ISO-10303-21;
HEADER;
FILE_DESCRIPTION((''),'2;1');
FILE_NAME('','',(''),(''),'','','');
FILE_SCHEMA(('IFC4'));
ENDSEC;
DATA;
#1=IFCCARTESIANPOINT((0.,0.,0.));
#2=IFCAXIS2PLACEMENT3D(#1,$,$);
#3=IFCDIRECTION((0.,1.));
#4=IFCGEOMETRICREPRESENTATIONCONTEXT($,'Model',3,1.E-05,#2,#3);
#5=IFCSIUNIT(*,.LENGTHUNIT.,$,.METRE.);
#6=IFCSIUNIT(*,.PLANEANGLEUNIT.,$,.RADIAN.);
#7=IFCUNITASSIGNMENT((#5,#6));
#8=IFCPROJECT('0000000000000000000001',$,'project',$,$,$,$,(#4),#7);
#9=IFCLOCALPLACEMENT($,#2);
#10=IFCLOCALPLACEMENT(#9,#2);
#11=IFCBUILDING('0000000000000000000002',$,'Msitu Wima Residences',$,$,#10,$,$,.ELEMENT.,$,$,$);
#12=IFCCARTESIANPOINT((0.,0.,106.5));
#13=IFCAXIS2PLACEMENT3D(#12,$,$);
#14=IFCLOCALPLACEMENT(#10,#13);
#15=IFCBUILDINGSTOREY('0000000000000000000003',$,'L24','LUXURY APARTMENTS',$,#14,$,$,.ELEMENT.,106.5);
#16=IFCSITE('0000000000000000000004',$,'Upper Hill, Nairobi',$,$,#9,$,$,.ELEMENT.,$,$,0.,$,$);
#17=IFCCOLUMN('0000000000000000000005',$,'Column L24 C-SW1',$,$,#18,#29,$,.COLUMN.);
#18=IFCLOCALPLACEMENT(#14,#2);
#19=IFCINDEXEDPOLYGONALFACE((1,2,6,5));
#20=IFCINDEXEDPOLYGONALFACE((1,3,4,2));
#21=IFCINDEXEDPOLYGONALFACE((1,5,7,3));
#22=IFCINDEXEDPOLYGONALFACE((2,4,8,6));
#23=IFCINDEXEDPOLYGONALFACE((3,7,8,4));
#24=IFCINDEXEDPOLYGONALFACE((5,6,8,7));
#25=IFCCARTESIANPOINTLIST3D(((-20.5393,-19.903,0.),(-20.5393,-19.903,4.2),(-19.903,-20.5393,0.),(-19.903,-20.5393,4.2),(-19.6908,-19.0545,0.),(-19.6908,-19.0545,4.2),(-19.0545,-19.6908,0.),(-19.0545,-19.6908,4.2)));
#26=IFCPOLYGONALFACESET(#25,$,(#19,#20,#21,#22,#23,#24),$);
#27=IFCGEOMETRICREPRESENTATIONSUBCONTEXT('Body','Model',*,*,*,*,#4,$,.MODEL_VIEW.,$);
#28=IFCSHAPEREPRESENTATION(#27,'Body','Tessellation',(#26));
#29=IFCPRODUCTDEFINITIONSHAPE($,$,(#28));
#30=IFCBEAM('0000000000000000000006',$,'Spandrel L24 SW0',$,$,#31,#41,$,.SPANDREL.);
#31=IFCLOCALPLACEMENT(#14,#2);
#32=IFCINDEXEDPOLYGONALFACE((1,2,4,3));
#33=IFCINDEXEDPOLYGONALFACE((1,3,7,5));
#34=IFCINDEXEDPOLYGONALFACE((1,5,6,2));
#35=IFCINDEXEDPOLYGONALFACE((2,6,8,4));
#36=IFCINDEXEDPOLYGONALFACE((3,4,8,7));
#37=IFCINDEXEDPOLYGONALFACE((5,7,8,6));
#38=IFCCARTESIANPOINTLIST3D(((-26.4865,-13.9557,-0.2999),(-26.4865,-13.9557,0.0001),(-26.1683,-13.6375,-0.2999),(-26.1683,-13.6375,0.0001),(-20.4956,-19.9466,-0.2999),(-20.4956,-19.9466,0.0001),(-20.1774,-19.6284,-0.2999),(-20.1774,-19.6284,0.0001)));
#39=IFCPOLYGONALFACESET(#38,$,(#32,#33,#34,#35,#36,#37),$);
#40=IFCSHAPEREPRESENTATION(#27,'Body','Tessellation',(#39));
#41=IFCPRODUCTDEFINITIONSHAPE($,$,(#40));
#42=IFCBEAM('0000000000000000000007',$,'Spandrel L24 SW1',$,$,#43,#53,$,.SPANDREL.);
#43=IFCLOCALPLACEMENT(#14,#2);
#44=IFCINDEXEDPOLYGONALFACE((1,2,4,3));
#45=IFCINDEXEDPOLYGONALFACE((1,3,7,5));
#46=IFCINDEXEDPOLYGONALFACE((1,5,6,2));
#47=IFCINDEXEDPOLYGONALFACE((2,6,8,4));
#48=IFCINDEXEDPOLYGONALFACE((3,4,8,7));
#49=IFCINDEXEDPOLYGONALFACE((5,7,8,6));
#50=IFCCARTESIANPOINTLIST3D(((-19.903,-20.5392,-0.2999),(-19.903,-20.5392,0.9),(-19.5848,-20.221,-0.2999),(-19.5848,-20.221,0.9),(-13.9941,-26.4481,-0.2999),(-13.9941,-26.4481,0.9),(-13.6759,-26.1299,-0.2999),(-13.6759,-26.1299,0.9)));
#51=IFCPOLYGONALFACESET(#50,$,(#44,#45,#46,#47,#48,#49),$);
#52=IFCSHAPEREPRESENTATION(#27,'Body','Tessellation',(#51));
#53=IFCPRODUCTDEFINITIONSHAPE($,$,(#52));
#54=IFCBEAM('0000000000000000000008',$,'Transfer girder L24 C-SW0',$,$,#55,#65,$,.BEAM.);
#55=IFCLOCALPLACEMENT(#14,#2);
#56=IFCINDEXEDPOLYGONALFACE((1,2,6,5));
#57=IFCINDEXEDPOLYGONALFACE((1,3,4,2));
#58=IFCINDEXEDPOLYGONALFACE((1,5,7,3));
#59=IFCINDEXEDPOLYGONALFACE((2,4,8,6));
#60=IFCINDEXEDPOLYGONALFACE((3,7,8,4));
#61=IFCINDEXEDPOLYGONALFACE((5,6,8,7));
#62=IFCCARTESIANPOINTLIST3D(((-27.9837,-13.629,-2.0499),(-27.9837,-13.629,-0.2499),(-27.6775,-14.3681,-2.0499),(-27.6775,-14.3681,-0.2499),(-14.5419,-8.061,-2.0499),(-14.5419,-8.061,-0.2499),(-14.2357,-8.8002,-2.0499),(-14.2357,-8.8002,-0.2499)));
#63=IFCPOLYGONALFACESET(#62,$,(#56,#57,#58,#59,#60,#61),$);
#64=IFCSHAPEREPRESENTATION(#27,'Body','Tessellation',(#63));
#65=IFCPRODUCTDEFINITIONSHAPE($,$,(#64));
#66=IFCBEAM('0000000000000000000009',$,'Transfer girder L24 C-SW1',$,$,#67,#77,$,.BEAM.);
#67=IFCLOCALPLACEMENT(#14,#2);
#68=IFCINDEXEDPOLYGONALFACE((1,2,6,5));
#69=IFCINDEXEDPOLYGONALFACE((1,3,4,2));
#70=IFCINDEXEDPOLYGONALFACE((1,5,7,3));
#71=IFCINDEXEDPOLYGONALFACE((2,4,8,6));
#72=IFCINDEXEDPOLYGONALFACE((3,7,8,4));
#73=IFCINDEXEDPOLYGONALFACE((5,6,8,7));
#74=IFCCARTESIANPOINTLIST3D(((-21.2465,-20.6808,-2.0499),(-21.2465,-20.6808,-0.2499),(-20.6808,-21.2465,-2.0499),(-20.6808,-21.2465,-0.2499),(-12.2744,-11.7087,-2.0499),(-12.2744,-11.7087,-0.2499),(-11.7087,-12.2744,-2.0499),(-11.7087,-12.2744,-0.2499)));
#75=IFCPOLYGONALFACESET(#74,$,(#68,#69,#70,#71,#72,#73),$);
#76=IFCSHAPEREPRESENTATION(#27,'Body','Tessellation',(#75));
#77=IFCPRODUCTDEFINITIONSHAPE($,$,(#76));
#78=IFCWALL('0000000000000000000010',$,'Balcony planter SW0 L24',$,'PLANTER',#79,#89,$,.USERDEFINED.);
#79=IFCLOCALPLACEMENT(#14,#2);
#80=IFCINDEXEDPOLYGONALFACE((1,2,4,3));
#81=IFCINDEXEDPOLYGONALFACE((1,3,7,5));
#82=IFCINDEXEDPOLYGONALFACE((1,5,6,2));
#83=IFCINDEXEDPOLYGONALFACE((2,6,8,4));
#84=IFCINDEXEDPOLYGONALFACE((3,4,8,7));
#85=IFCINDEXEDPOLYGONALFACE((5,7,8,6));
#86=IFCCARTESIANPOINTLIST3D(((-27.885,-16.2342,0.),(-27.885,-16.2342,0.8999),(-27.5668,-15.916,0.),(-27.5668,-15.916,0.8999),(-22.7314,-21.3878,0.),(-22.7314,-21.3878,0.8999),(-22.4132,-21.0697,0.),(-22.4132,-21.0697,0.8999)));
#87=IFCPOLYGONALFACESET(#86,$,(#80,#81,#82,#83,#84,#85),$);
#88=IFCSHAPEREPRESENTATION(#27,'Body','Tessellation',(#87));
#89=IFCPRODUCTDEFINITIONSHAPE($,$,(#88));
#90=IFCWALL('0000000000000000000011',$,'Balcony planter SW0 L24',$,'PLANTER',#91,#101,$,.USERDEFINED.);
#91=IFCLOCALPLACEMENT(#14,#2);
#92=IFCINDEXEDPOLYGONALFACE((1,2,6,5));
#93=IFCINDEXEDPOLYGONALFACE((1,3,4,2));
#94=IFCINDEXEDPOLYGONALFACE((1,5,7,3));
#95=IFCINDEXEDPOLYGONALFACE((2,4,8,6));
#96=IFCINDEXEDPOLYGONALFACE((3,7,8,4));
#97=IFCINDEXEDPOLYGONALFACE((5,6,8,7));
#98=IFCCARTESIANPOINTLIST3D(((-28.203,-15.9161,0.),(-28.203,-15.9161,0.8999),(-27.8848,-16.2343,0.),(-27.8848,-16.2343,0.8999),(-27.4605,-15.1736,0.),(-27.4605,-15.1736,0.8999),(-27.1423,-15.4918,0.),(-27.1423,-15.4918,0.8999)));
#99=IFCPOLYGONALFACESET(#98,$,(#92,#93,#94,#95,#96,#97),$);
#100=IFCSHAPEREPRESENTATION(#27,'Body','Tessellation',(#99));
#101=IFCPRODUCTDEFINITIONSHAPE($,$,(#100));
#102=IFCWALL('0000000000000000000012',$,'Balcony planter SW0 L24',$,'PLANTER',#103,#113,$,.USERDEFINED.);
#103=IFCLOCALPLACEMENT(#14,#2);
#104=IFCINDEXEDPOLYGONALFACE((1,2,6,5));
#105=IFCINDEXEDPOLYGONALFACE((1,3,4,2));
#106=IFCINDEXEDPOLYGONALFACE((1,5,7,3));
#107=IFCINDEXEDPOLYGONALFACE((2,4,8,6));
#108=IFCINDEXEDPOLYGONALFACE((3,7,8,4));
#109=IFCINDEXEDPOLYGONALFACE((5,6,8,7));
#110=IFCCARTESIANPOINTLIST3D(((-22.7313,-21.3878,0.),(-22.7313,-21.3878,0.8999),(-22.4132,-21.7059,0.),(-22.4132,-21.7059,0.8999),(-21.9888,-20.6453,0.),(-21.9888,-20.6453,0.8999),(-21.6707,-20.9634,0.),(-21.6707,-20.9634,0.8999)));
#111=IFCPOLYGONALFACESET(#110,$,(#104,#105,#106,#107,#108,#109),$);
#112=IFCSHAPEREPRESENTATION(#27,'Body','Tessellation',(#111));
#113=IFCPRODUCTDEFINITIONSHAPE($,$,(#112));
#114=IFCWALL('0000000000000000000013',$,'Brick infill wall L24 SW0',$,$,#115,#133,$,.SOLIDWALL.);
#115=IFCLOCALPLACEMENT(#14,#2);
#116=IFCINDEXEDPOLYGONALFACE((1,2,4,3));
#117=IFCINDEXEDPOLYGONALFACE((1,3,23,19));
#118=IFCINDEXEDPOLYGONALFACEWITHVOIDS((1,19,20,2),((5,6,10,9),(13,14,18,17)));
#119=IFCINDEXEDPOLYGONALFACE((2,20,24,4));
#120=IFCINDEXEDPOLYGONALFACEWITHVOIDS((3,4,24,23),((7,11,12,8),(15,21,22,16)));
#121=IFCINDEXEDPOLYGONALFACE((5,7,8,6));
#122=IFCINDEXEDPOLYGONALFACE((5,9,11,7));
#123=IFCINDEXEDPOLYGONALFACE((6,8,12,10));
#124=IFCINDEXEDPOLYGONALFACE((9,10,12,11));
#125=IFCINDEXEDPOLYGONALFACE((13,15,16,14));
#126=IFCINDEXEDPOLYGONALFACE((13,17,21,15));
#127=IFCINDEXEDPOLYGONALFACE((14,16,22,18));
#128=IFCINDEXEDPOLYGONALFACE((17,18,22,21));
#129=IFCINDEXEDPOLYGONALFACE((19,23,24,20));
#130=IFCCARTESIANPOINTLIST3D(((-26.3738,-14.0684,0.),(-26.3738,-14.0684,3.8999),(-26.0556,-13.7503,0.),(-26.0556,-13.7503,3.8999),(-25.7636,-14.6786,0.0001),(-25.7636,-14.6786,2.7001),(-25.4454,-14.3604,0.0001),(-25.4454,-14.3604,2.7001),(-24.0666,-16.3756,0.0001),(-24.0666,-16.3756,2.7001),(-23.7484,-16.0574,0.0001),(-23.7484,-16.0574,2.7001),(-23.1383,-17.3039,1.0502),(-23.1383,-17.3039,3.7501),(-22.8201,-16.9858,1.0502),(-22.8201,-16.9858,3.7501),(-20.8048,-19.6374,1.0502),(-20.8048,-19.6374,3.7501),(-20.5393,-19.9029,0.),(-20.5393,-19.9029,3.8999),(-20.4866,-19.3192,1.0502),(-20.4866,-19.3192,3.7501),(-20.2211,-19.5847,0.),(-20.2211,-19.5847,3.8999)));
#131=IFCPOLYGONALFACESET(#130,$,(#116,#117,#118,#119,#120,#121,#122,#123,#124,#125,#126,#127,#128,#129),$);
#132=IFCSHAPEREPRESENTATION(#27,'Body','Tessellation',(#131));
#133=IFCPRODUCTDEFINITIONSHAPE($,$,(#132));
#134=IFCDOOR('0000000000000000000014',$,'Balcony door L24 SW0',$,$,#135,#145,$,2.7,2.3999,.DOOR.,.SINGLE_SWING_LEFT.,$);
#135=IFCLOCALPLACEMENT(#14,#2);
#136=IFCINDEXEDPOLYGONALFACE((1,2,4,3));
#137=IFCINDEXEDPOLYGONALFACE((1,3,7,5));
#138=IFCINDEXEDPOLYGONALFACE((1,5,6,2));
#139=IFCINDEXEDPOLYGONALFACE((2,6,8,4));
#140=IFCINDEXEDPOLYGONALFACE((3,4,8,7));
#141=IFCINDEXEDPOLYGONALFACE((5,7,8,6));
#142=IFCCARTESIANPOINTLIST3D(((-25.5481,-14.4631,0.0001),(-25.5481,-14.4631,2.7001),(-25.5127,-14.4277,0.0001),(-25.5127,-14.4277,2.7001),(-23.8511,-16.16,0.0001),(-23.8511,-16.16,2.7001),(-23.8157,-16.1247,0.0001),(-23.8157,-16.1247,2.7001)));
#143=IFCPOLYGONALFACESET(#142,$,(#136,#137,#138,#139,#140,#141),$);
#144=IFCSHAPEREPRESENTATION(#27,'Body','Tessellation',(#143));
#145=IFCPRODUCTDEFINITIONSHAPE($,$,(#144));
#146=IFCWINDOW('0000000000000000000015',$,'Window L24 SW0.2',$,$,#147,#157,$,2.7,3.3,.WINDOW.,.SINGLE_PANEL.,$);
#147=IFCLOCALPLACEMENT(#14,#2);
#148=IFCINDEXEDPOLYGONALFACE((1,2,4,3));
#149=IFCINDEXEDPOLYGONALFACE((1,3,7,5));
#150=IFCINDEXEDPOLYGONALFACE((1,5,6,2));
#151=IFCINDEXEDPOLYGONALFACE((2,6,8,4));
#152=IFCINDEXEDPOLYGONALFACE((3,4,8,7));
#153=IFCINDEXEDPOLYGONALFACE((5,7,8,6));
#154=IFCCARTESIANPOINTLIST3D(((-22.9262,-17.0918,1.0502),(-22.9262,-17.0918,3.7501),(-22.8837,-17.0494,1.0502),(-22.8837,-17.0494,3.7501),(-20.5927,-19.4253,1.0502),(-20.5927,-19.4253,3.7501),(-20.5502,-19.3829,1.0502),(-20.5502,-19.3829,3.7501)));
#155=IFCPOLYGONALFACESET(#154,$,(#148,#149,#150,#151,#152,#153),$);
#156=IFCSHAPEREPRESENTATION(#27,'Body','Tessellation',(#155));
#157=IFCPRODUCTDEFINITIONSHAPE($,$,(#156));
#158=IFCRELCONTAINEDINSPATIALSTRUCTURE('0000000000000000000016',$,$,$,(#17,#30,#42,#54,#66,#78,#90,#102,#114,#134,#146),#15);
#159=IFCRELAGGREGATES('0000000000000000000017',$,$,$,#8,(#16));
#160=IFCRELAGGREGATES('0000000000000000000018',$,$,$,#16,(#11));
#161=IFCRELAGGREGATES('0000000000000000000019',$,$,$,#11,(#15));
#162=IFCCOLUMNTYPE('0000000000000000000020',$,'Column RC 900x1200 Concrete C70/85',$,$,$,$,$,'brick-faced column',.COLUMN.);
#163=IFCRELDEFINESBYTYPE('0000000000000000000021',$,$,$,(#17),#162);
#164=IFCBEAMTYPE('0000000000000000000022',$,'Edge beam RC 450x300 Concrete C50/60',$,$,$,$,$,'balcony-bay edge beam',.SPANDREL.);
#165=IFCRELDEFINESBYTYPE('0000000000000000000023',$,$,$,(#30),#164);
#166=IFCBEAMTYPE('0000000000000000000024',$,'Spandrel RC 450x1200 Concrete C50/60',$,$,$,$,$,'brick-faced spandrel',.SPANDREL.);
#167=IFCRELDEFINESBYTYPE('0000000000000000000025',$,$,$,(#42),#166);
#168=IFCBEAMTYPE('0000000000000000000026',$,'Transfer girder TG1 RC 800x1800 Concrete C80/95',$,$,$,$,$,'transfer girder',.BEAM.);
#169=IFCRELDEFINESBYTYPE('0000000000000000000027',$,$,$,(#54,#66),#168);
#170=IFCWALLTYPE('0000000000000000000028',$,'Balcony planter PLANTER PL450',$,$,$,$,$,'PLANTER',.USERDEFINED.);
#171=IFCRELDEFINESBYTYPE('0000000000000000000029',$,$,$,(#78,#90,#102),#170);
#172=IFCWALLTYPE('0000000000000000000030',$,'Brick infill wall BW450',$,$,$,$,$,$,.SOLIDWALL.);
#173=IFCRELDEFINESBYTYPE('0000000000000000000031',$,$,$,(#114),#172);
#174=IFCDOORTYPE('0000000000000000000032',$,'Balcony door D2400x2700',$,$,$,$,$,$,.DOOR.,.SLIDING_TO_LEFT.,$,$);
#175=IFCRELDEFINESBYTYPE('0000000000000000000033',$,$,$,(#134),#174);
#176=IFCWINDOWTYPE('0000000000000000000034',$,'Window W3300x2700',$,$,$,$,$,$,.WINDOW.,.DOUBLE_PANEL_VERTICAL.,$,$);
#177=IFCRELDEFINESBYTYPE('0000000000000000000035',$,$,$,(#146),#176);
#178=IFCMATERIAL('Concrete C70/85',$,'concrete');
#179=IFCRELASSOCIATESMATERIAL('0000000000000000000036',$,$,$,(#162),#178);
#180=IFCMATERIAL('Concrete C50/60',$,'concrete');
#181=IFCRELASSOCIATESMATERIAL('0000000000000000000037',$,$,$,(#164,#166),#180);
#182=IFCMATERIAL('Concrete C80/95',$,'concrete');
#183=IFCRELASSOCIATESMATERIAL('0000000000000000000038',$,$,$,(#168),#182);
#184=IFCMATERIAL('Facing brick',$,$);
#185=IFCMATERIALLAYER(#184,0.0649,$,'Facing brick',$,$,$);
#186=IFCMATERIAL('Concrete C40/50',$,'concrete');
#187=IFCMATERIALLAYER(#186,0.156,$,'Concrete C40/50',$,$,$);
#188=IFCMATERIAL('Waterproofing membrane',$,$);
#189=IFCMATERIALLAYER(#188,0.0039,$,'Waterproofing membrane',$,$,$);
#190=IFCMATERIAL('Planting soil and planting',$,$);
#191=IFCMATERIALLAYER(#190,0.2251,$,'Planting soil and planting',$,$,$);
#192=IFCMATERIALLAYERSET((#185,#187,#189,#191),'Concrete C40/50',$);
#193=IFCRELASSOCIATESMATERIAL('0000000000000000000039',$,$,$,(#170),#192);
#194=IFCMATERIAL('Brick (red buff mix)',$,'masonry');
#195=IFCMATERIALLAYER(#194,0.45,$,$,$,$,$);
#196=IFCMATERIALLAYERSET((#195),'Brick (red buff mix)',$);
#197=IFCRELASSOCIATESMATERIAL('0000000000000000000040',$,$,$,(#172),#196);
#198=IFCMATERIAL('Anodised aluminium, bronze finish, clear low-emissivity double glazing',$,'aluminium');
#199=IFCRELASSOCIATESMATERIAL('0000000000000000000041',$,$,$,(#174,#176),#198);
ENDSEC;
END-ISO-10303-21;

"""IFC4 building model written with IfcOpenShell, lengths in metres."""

from ifc_helpers import new_model, si_unit, direction, frame, frame_2d, origin, origin_2d, place, context, subcontext, project, spatial, rectangle, extrude, material, layer, layer_set, material_profile, profile_set, type_object, element, fill, save


model = new_model("IFC4")

# Units and contexts
model_context = context("Model", 3, precision=1e-05, world=origin(), true_north=direction((0.0, 1.0)))
body_context = subcontext(model_context, "Body", "Model", "MODEL_VIEW")
ifc_project = project(units=[si_unit("LENGTHUNIT", "METRE"), si_unit("PLANEANGLEUNIT", "RADIAN")], contexts=[model_context])

# Site, building, storey
site_placement = place(None, origin())
site = spatial("IfcSite", under=ifc_project, at=site_placement, Name="Upper Hill, Nairobi", CompositionType="ELEMENT", RefElevation=0.0)
building_placement = place(site_placement, origin())
building = spatial("IfcBuilding", under=site, at=building_placement, Name="Msitu Wima Residences", CompositionType="ELEMENT")
storey_placement = place(building_placement, frame((0.0, 0.0, 106.5)))
storey = spatial("IfcBuildingStorey", under=building, at=storey_placement, Name="L24", Description="LUXURY APARTMENTS", CompositionType="ELEMENT", Elevation=106.5)

# Column
ifc_material_1 = material(Name="Concrete C70/85", Category="concrete")
ifc_material_profile_1 = material_profile(ifc_material_1, rectangle(XDim=0.8999, YDim=1.2, at=origin_2d()), Name="RC 900x1200")
ifc_profile_set_1 = profile_set([ifc_material_profile_1], Name="Concrete C70/85")
column_type = type_object("IfcColumnType", Name="Column RC 900x1200 Concrete C70/85", ElementType="brick-faced column", PredefinedType="COLUMN", material=ifc_profile_set_1)
column_placement = place(storey_placement, frame((-19.7969, -19.7969, 0.0), z_axis=(0.0, 0.0, 1.0), x_axis=(0.707107, -0.707107, 0.0)))
element("IfcColumn", 1, at=column_placement, inside=storey, type_object=column_type, Name="Column L24 C-SW1", PredefinedType="COLUMN", context=body_context, shape_type="SweptSolid", body=[
    extrude(rectangle(XDim=0.8999, YDim=1.2, at=origin_2d()), origin(), (0.0, 0.0, 1.0), 4.2),
])

# Beams
ifc_material_2 = material(Name="Concrete C50/60", Category="concrete")
ifc_material_profile_2 = material_profile(ifc_material_2, rectangle(XDim=0.45, YDim=0.3, at=origin_2d()), Name="RC 450x300")
ifc_profile_set_2 = profile_set([ifc_material_profile_2], Name="Concrete C50/60")
beam_type_1 = type_object("IfcBeamType", Name="Edge beam RC 450x300 Concrete C50/60", ElementType="balcony-bay edge beam", PredefinedType="SPANDREL", material=ifc_profile_set_2)
beam_1_placement = place(storey_placement, frame((-26.3274, -13.7966, -0.1499), z_axis=(0.707107, -0.707107, 0.0), x_axis=(0.707107, 0.707107, 0.0)))
element("IfcBeam", 2, at=beam_1_placement, inside=storey, type_object=beam_type_1, Name="Spandrel L24 SW0", PredefinedType="SPANDREL", context=body_context, shape_type="SweptSolid", body=[
    extrude(rectangle(XDim=0.45, YDim=0.3, at=origin_2d()), origin(), (0.0, 0.0, 1.0), 8.4724),
])
ifc_material_profile_3 = material_profile(ifc_material_2, rectangle(XDim=0.45, YDim=1.2, at=origin_2d()), Name="RC 450x1200")
ifc_profile_set_3 = profile_set([ifc_material_profile_3], Name="Concrete C50/60")
beam_type_2 = type_object("IfcBeamType", Name="Spandrel RC 450x1200 Concrete C50/60", ElementType="brick-faced spandrel", PredefinedType="SPANDREL", material=ifc_profile_set_3)
beam_2_placement = place(storey_placement, frame((-19.7439, -20.3801, 0.3), z_axis=(0.707107, -0.707107, 0.0), x_axis=(0.707107, 0.707107, 0.0)))
element("IfcBeam", 3, at=beam_2_placement, inside=storey, type_object=beam_type_2, Name="Spandrel L24 SW1", PredefinedType="SPANDREL", context=body_context, shape_type="SweptSolid", body=[
    extrude(rectangle(XDim=0.45, YDim=1.2, at=origin_2d()), origin(), (0.0, 0.0, 1.0), 8.3564),
])
ifc_material_3 = material(Name="Concrete C80/95", Category="concrete")
ifc_material_profile_4 = material_profile(ifc_material_3, rectangle(XDim=0.8, YDim=1.8, at=origin_2d()), Name="RC 800x1800")
ifc_profile_set_4 = profile_set([ifc_material_profile_4], Name="Concrete C80/95")
beam_type_3 = type_object("IfcBeamType", Name="Transfer girder TG1 RC 800x1800 Concrete C80/95", ElementType="transfer girder", PredefinedType="BEAM", material=ifc_profile_set_4)
beam_3_placement = place(storey_placement, frame((-27.8306, -13.9985, -1.1499), z_axis=(0.923876, 0.382693, 0.0), x_axis=(-0.382693, 0.923876, 0.0)))
element("IfcBeam", 4, at=beam_3_placement, inside=storey, type_object=beam_type_3, Name="Transfer girder L24 C-SW0", PredefinedType="BEAM", context=body_context, shape_type="SweptSolid", body=[
    extrude(rectangle(XDim=0.8, YDim=1.8, at=origin_2d()), origin(), (0.0, 0.0, 1.0), 14.5493),
])
beam_4_placement = place(storey_placement, frame((-20.9636, -20.9636, -1.1499), z_axis=(0.707107, 0.707107, 0.0), x_axis=(-0.707107, 0.707107, 0.0)))
element("IfcBeam", 5, at=beam_4_placement, inside=storey, type_object=beam_type_3, Name="Transfer girder L24 C-SW1", PredefinedType="BEAM", context=body_context, shape_type="SweptSolid", body=[
    extrude(rectangle(XDim=0.8, YDim=1.8, at=origin_2d()), origin(), (0.0, 0.0, 1.0), 12.6885),
])

# Walls
ifc_material_4 = material(Name="Facing brick")
ifc_layer_1 = layer(ifc_material_4, 0.0649, Name="Facing brick")
ifc_material_5 = material(Name="Concrete C40/50", Category="concrete")
ifc_layer_2 = layer(ifc_material_5, 0.156, Name="Concrete C40/50")
ifc_material_6 = material(Name="Waterproofing membrane")
ifc_layer_3 = layer(ifc_material_6, 0.0039, Name="Waterproofing membrane")
ifc_material_7 = material(Name="Planting soil and planting")
ifc_layer_4 = layer(ifc_material_7, 0.2251, Name="Planting soil and planting")
ifc_layer_set_1 = layer_set([ifc_layer_1, ifc_layer_2, ifc_layer_3, ifc_layer_4], Name="Concrete C40/50")
wall_type_1 = type_object("IfcWallType", Name="Balcony planter PLANTER PL450", ElementType="PLANTER", PredefinedType="USERDEFINED", material=ifc_layer_set_1)
wall_1_placement = place(storey_placement, frame((-27.7258, -16.0752, 0.0), z_axis=(0.0, 0.0, 1.0), x_axis=(0.707107, -0.707107, 0.0)))
element("IfcWall", 6, at=wall_1_placement, inside=storey, type_object=wall_type_1, Name="Balcony planter SW0 L24", ObjectType="PLANTER", PredefinedType="USERDEFINED", context=body_context, shape_type="SweptSolid", body=[
    extrude(rectangle(XDim=7.2883, YDim=0.45, at=frame_2d((3.644, 0.0))), origin(), (0.0, 0.0, 1.0), 0.8999),
])
for number, where, z_axis, x_axis, name in (
    (7, (-27.3015, -15.3328, 0.0), (0.0, 0.0, 1.0), (-0.707107, -0.707107, 0.0), "Balcony planter SW0 L24"),
    (8, (-21.8298, -20.8044, 0.0), (0.0, 0.0, 1.0), (-0.707107, -0.707107, 0.0), "Balcony planter SW0 L24"),
):
    element("IfcWall", number, at=place(storey_placement, frame(where, z_axis=z_axis, x_axis=x_axis)), inside=storey, type_object=wall_type_1, Name=name, ObjectType="PLANTER", PredefinedType="USERDEFINED", context=body_context, shape_type="SweptSolid", body=[
        extrude(rectangle(XDim=1.05, YDim=0.45, at=frame_2d((0.5249, 0.0))), origin(), (0.0, 0.0, 1.0), 0.8999),
    ])

# Wall, openings, door, window
ifc_material_8 = material(Name="Brick (red buff mix)", Category="masonry")
ifc_layer_5 = layer(ifc_material_8, 0.45)
ifc_layer_set_2 = layer_set([ifc_layer_5], Name="Brick (red buff mix)")
wall_type_2 = type_object("IfcWallType", Name="Brick infill wall BW450", PredefinedType="SOLIDWALL", material=ifc_layer_set_2)
wall_2_placement = place(storey_placement, frame((-26.2146, -13.9094, 0.0), z_axis=(0.0, 0.0, 1.0), x_axis=(0.707107, -0.707107, 0.0)))
wall_2 = element("IfcWall", 9, at=wall_2_placement, inside=storey, type_object=wall_type_2, Name="Brick infill wall L24 SW0", PredefinedType="SOLIDWALL", context=body_context, shape_type="SweptSolid", body=[
    extrude(rectangle(XDim=8.2512, YDim=0.45, at=frame_2d((4.1255, 0.0))), origin(), (0.0, 0.0, 1.0), 3.8999),
])
opening_1_placement = place(wall_2_placement, frame((0.8628, 0.0, 0.0)))
opening_1 = element("IfcOpeningElement", 10, at=opening_1_placement, cuts=wall_2, PredefinedType="OPENING", context=body_context, shape_type="SweptSolid", body=[
    extrude(rectangle(XDim=2.3999, YDim=2.7, at=frame_2d((1.2, 1.3501))), frame((0.0, 0.2349, 0.0), z_axis=(0.0, -1.0, 0.0), x_axis=(1.0, 0.0, 0.0)), (0.0, 0.0, 1.0), 0.47),
])
opening_2_placement = place(wall_2_placement, frame((4.5757, 0.0, 1.05)))
opening_2 = element("IfcOpeningElement", 11, at=opening_2_placement, cuts=wall_2, PredefinedType="OPENING", context=body_context, shape_type="SweptSolid", body=[
    extrude(rectangle(XDim=3.3, YDim=2.7, at=frame_2d((1.6499, 1.3501))), frame((0.0, 0.2349, 0.0), z_axis=(0.0, -1.0, 0.0), x_axis=(1.0, 0.0, 0.0)), (0.0, 0.0, 1.0), 0.47),
])
ifc_material_9 = material(Name="Anodised aluminium, bronze finish, clear low-emissivity double glazing", Category="aluminium")
door_type_1 = type_object("IfcDoorType", Name="Balcony door D2400x2700", OperationType="SLIDING_TO_LEFT", PredefinedType="DOOR", material=ifc_material_9)
door_1_placement = place(opening_1_placement, origin())
door_1 = element("IfcDoor", 12, at=door_1_placement, inside=storey, type_object=door_type_1, Name="Balcony door L24 SW0", OperationType="SINGLE_SWING_LEFT", OverallHeight=2.7, OverallWidth=2.3999, PredefinedType="DOOR", context=body_context, shape_type="SweptSolid", body=[
    extrude(rectangle(XDim=2.3999, YDim=2.7, at=frame_2d((1.2, 1.3501))), frame((0.0, 0.1299, 0.0), z_axis=(0.0, -1.0, 0.0), x_axis=(1.0, 0.0, 0.0)), (0.0, 0.0, 1.0), 0.05),
])
fill(opening_1, door_1)
window_type = type_object("IfcWindowType", Name="Window W3300x2700", PartitioningType="DOUBLE_PANEL_VERTICAL", PredefinedType="WINDOW", material=ifc_material_9)
window_1_placement = place(opening_2_placement, origin())
window_1 = element("IfcWindow", 13, at=window_1_placement, inside=storey, type_object=window_type, Name="Window L24 SW0.2", OverallHeight=2.7, OverallWidth=3.3, PartitioningType="SINGLE_PANEL", PredefinedType="WINDOW", context=body_context, shape_type="SweptSolid", body=[
    extrude(rectangle(XDim=3.3, YDim=2.7, at=frame_2d((1.6499, 1.3501))), frame((0.0, 0.135, 0.0), z_axis=(0.0, -1.0, 0.0), x_axis=(1.0, 0.0, 0.0)), (0.0, 0.0, 1.0), 0.0601),
])
fill(opening_2, window_1)

save(model, "model.ifc")
